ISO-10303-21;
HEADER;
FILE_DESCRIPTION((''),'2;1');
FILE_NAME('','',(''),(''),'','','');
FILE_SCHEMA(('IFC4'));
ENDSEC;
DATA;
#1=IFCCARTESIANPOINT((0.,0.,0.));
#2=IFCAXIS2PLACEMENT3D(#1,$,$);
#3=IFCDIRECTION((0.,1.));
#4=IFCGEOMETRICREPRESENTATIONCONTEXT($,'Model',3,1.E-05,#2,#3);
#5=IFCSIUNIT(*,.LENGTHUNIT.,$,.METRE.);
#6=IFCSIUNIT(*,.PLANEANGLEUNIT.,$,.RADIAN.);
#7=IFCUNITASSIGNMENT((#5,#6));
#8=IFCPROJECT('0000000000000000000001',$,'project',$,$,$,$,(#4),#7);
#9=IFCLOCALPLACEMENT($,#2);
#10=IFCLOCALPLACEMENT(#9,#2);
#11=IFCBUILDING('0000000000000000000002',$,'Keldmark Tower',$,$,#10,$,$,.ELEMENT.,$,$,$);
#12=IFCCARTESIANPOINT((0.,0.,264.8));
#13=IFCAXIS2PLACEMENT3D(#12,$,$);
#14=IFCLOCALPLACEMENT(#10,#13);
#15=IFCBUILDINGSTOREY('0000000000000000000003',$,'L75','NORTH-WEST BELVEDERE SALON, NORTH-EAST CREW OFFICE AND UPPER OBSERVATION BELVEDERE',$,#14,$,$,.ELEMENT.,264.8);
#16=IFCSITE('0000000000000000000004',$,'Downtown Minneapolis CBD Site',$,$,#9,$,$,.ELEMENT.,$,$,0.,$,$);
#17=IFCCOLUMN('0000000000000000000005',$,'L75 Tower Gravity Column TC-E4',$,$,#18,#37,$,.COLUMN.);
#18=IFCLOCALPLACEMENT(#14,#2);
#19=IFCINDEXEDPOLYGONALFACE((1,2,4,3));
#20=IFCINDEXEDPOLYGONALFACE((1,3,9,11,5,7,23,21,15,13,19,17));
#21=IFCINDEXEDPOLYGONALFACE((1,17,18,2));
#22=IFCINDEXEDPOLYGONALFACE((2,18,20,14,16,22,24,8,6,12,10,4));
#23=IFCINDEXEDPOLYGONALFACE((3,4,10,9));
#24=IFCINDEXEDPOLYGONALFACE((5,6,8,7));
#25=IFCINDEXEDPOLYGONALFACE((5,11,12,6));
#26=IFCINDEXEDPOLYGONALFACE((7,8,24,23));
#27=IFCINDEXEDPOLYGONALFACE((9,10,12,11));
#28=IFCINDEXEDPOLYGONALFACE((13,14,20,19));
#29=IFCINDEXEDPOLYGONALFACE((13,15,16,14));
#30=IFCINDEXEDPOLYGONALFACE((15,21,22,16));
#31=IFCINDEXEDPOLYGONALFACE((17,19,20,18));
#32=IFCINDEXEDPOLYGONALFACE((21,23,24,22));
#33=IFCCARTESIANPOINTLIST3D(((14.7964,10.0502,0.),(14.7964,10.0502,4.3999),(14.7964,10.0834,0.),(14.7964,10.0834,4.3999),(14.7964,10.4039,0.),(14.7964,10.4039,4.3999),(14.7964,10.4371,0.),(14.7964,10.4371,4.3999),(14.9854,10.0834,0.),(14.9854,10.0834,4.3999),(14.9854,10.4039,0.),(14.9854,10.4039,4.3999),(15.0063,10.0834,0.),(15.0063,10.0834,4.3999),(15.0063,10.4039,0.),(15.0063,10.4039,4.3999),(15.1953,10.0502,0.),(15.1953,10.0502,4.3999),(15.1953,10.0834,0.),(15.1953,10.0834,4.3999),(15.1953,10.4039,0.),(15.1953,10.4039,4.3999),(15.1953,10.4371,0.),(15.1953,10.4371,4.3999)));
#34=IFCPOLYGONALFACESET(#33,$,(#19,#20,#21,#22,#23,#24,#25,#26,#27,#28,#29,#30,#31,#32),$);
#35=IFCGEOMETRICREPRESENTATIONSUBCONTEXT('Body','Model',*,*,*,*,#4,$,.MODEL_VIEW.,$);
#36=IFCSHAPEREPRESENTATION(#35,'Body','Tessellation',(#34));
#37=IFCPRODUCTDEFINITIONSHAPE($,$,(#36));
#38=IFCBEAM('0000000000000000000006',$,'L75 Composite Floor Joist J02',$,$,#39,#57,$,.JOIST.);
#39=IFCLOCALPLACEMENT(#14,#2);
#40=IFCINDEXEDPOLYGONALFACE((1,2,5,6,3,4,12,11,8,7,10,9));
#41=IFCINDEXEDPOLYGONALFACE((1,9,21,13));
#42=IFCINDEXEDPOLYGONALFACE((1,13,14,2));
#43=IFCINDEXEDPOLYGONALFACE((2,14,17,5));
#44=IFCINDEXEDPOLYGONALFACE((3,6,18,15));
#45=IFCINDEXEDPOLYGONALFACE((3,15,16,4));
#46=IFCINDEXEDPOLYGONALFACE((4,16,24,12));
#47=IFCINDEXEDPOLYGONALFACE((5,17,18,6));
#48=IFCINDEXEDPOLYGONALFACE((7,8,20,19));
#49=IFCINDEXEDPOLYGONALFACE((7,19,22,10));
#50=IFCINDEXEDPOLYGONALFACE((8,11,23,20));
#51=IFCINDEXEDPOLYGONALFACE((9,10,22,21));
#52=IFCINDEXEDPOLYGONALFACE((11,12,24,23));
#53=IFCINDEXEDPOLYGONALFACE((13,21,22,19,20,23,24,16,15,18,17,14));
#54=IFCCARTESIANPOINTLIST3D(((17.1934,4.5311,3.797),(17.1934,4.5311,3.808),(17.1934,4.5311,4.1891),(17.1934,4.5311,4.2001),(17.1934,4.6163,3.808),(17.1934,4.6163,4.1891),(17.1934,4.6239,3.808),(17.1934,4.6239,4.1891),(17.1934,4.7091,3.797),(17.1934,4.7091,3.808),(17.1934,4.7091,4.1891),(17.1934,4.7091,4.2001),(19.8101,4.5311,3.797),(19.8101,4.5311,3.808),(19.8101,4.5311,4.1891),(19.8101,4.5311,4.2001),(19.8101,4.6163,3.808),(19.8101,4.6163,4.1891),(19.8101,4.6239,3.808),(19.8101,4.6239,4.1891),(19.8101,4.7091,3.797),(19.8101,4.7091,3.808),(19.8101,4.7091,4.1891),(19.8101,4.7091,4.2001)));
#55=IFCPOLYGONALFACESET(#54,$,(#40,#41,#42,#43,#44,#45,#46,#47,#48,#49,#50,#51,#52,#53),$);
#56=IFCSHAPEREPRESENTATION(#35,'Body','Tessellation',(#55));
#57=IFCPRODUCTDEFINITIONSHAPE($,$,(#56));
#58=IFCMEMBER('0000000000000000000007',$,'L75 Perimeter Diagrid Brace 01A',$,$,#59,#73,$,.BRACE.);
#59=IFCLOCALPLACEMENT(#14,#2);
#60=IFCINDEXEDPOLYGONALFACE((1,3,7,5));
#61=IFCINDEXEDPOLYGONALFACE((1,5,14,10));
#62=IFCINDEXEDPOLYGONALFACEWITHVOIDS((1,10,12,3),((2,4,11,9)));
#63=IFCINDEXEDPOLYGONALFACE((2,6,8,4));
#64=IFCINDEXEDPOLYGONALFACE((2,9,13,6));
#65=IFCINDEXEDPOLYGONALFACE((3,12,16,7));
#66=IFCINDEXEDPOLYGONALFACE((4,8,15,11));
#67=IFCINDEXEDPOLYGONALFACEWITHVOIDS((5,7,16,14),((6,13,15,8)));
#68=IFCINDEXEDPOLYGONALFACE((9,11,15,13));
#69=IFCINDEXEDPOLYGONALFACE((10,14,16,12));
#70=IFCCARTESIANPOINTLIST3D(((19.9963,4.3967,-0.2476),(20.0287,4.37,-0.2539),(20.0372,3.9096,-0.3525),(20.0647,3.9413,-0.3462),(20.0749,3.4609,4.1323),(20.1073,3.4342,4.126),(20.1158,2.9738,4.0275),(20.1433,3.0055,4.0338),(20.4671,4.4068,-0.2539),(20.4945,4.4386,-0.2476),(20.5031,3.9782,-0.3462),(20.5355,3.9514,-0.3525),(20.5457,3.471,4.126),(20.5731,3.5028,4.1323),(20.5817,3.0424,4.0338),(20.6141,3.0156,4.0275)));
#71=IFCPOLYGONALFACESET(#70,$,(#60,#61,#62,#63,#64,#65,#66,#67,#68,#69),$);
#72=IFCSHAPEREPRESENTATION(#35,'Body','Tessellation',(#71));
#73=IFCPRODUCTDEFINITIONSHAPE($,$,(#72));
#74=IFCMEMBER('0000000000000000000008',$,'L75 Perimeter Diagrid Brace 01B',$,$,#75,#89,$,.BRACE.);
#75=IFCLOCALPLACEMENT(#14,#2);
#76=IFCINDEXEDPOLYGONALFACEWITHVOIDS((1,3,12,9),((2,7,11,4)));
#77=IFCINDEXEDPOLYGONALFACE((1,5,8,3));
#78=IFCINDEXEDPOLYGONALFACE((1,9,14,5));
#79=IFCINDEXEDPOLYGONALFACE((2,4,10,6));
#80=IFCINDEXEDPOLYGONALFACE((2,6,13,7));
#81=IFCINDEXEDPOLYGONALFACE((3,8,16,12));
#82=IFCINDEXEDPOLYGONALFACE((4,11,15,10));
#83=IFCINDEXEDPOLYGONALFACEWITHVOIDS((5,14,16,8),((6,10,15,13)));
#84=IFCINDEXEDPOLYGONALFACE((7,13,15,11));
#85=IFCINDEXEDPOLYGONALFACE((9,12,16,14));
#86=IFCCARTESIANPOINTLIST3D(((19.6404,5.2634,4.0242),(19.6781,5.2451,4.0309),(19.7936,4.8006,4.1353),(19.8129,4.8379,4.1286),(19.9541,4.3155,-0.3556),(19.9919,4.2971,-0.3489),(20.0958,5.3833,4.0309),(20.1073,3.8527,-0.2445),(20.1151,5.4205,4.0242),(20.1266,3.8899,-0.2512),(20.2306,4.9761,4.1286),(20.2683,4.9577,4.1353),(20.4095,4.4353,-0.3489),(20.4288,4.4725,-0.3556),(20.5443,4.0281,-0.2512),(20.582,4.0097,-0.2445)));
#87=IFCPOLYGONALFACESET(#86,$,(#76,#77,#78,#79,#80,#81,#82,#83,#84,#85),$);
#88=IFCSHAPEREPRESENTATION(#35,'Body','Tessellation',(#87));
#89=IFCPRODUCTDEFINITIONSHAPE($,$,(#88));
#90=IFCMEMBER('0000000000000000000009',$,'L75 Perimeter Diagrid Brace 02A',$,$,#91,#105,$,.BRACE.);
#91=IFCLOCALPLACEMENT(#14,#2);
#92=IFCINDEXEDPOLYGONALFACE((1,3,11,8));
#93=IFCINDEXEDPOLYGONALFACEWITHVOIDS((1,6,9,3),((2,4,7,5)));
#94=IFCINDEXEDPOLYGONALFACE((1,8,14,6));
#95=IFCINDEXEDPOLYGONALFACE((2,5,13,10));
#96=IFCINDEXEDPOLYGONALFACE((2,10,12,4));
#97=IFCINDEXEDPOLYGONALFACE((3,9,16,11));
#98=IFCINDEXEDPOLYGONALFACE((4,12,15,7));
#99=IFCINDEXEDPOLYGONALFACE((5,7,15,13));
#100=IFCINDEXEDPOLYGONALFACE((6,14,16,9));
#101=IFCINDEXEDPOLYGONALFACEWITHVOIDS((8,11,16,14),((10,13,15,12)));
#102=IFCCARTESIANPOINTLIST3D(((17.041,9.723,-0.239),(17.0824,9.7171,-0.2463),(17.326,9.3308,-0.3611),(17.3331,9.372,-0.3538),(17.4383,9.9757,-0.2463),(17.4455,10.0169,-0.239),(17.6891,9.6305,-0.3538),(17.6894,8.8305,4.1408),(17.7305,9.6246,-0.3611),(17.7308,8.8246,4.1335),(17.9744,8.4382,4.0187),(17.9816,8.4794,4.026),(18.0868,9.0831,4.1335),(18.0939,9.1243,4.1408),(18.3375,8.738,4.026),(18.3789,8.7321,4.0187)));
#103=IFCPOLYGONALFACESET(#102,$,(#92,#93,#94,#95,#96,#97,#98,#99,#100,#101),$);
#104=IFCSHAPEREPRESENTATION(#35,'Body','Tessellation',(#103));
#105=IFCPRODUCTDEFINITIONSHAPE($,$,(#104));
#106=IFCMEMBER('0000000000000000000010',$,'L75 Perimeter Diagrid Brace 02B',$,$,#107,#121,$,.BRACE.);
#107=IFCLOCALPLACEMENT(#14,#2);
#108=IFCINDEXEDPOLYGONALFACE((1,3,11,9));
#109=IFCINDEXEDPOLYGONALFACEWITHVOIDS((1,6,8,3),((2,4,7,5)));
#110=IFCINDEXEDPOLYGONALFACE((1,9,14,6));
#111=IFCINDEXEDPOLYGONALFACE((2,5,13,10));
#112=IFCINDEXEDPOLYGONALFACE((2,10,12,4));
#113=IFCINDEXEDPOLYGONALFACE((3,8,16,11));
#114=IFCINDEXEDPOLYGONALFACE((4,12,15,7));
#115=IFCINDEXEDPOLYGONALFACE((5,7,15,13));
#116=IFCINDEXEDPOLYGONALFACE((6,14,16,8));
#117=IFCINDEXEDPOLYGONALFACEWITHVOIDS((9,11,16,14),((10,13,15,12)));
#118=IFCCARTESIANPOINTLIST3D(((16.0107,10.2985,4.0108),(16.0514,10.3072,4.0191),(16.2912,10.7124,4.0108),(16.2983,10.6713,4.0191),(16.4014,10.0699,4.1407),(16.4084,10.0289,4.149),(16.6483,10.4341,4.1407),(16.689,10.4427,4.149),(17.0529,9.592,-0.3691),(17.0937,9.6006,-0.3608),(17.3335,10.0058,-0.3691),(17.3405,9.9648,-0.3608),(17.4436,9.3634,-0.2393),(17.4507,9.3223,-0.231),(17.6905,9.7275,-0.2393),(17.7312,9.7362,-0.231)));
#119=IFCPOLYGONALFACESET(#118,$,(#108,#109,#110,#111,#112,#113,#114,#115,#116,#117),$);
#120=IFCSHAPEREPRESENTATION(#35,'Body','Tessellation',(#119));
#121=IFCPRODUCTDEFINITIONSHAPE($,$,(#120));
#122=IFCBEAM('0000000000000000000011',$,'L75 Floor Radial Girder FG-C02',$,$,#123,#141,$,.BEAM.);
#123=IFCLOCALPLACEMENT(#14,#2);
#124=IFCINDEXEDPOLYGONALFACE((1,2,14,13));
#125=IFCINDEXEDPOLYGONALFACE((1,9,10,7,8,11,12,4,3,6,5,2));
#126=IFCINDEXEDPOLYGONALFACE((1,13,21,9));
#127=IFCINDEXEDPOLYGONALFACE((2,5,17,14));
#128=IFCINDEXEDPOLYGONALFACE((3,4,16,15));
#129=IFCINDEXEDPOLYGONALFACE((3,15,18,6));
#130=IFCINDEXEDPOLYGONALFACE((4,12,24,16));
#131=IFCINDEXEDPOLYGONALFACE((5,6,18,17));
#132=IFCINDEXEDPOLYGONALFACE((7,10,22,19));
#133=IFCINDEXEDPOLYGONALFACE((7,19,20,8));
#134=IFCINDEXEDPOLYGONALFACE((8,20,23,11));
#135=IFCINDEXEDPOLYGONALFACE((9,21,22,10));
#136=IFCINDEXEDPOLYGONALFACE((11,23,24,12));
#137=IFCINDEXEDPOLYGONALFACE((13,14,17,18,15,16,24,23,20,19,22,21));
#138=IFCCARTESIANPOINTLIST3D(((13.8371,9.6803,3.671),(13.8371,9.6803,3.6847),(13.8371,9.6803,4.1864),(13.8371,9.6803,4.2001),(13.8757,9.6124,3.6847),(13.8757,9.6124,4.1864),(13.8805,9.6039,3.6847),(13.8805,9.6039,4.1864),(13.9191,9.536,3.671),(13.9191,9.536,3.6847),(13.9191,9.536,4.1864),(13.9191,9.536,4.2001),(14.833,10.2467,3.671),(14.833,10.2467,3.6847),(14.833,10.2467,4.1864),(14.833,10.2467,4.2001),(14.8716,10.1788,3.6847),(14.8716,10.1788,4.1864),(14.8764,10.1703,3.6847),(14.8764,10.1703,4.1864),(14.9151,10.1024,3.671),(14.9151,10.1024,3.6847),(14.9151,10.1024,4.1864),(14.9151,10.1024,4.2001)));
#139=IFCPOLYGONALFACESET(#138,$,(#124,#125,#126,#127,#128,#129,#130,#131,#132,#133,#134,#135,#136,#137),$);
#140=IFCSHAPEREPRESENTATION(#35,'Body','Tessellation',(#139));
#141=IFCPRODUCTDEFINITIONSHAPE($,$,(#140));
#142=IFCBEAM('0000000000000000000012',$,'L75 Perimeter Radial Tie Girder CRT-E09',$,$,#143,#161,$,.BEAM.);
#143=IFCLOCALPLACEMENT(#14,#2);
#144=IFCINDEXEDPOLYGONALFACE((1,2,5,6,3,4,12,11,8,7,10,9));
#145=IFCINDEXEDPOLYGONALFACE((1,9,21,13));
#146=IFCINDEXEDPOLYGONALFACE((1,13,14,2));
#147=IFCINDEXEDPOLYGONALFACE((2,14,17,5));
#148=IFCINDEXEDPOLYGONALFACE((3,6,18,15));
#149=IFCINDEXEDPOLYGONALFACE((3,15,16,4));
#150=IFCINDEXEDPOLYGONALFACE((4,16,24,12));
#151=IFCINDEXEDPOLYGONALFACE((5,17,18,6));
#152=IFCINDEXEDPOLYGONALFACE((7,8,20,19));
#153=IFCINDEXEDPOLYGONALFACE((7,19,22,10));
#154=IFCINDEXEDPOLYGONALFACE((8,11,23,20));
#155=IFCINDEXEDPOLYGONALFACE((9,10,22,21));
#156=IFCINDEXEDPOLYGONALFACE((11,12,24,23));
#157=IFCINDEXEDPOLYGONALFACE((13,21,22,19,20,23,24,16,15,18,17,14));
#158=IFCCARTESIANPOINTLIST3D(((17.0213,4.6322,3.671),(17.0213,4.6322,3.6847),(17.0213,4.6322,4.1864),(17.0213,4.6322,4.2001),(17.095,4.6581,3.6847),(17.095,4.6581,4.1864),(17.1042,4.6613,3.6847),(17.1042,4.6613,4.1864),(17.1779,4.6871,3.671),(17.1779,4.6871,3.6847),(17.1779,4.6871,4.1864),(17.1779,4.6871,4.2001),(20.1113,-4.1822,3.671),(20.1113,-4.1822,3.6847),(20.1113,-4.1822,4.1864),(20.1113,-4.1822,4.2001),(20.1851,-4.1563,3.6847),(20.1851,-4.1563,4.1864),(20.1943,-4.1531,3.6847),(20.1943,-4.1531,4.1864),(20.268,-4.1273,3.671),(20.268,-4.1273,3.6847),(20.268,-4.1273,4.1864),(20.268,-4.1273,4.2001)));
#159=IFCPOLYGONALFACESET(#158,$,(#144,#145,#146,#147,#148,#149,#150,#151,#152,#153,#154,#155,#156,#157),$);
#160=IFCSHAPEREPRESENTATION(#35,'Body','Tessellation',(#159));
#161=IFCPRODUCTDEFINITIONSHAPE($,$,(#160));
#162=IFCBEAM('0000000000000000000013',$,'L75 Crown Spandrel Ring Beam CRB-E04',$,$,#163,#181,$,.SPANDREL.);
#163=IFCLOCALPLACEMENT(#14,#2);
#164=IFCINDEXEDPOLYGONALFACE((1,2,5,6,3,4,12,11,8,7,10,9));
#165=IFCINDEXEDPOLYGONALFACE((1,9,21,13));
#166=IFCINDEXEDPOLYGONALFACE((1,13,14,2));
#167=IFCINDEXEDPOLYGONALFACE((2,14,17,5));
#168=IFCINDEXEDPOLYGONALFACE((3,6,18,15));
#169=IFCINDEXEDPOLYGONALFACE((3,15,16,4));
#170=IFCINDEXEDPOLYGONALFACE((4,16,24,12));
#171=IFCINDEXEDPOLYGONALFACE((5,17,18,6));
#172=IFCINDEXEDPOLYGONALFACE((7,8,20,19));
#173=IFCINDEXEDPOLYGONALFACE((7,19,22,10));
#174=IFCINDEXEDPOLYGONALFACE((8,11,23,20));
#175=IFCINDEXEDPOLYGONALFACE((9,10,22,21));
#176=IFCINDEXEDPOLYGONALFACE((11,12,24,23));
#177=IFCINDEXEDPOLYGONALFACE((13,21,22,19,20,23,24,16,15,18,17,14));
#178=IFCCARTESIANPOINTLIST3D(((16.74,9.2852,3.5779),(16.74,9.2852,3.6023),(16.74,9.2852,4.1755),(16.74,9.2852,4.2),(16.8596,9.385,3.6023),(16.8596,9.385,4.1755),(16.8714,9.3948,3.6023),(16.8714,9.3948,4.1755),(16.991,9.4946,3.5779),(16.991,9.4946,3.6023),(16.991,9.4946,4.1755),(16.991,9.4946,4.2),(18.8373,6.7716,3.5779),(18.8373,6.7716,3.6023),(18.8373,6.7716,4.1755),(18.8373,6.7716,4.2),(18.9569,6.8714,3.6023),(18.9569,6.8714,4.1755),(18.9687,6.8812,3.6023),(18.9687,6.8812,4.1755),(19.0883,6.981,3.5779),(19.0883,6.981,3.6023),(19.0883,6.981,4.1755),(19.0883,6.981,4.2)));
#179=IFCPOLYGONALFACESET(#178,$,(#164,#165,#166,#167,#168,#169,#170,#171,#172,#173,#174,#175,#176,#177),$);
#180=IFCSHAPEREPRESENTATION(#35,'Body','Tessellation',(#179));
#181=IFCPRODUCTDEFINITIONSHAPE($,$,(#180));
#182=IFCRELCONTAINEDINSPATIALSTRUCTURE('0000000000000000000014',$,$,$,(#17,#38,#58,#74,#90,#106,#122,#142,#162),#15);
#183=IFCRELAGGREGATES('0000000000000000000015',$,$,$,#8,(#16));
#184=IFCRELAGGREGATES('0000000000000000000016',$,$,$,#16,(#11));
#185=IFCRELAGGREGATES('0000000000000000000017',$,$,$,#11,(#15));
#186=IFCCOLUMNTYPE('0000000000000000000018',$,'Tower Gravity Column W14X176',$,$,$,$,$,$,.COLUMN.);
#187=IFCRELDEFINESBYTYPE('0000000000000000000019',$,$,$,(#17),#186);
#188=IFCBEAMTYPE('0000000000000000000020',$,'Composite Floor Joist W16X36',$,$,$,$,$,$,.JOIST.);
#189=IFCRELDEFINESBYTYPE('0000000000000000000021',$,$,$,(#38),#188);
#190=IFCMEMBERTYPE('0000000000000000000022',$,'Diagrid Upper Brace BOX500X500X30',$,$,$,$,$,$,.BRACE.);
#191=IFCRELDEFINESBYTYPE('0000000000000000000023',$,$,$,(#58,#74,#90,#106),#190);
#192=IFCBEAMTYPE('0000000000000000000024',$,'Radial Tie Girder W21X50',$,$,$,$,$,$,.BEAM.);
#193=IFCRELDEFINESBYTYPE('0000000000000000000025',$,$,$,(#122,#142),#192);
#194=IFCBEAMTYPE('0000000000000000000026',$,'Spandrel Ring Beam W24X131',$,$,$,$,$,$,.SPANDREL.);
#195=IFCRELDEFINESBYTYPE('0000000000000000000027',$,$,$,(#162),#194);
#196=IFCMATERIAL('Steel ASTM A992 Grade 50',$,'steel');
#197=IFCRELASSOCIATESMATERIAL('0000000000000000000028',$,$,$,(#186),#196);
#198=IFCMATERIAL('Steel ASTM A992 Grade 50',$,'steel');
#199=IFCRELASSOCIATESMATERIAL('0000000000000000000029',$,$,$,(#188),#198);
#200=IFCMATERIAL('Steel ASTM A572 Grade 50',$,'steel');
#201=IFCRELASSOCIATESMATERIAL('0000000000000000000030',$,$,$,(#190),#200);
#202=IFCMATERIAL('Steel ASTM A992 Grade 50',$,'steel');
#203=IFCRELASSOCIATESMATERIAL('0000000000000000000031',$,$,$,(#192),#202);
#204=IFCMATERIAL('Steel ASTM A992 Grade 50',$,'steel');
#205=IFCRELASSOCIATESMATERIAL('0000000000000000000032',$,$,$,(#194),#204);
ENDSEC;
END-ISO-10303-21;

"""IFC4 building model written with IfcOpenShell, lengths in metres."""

from ifc_helpers import new_model, si_unit, direction, frame, origin, origin_2d, place, context, subcontext, project, spatial, hollow_rectangle, i_section, extrude, material, material_profile, profile_set, type_object, element, save


model = new_model("IFC4")

# Units and contexts
model_context = context("Model", 3, precision=1e-05, world=origin(), true_north=direction((0.0, 1.0)))
body_context = subcontext(model_context, "Body", "Model", "MODEL_VIEW")
ifc_project = project(units=[si_unit("LENGTHUNIT", "METRE"), si_unit("PLANEANGLEUNIT", "RADIAN")], contexts=[model_context])

# Site, building, storey
site_placement = place(None, origin())
site = spatial("IfcSite", under=ifc_project, at=site_placement, Name="Downtown Minneapolis CBD Site", CompositionType="ELEMENT", RefElevation=0.0)
building_placement = place(site_placement, origin())
building = spatial("IfcBuilding", under=site, at=building_placement, Name="Keldmark Tower", CompositionType="ELEMENT")
storey_placement = place(building_placement, frame((0.0, 0.0, 264.8)))
storey = spatial("IfcBuildingStorey", under=building, at=storey_placement, Name="L75", Description="NORTH-WEST BELVEDERE SALON, NORTH-EAST CREW OFFICE AND UPPER OBSERVATION BELVEDERE", CompositionType="ELEMENT", Elevation=264.8)

# Column
ifc_material_1 = material(Name="Steel ASTM A992 Grade 50", Category="steel")
ifc_material_profile_1 = material_profile(ifc_material_1, i_section(OverallWidth=0.3989, OverallDepth=0.387, WebThickness=0.021, FlangeThickness=0.0332, at=origin_2d()), Name="W14X176")
ifc_profile_set_1 = profile_set([ifc_material_profile_1], Name="Steel ASTM A992 Grade 50")
column_type = type_object("IfcColumnType", Name="Tower Gravity Column W14X176", PredefinedType="COLUMN", material=ifc_profile_set_1)
column_placement = place(storey_placement, frame((14.9958, 10.2437, 0.0), z_axis=(0.0, 0.0, 1.0), x_axis=(1.0, 0.0, 0.0)))
element("IfcColumn", 1, at=column_placement, inside=storey, type_object=column_type, Name="L75 Tower Gravity Column TC-E4", PredefinedType="COLUMN", context=body_context, shape_type="SweptSolid", body=[
    extrude(i_section(OverallWidth=0.3989, OverallDepth=0.387, WebThickness=0.021, FlangeThickness=0.0332, at=origin_2d()), origin(), (0.0, 0.0, 1.0), 4.3999),
])

# Beam
ifc_material_2 = material(Name="Steel ASTM A992 Grade 50", Category="steel")
ifc_material_profile_2 = material_profile(ifc_material_2, i_section(OverallWidth=0.178, OverallDepth=0.4031, WebThickness=0.0076, FlangeThickness=0.011, at=origin_2d()), Name="W16X36")
ifc_profile_set_2 = profile_set([ifc_material_profile_2], Name="Steel ASTM A992 Grade 50")
beam_type_1 = type_object("IfcBeamType", Name="Composite Floor Joist W16X36", PredefinedType="JOIST", material=ifc_profile_set_2)
beam_1_placement = place(storey_placement, frame((17.1934, 4.6201, 3.9985), z_axis=(1.0, 0.0, 0.0), x_axis=(0.0, 1.0, 0.0)))
element("IfcBeam", 2, at=beam_1_placement, inside=storey, type_object=beam_type_1, Name="L75 Composite Floor Joist J02", PredefinedType="JOIST", context=body_context, shape_type="SweptSolid", body=[
    extrude(i_section(OverallWidth=0.178, OverallDepth=0.4031, WebThickness=0.0076, FlangeThickness=0.011, at=origin_2d()), origin(), (0.0, 0.0, 1.0), 2.6167),
])

# Members
ifc_material_3 = material(Name="Steel ASTM A572 Grade 50", Category="steel")
ifc_material_profile_3 = material_profile(ifc_material_3, hollow_rectangle(XDim=0.5, YDim=0.5, WallThickness=0.03, at=origin_2d()), Name="BOX500X500X30")
ifc_profile_set_3 = profile_set([ifc_material_profile_3], Name="Steel ASTM A572 Grade 50")
member_type = type_object("IfcMemberType", Name="Diagrid Upper Brace BOX500X500X30", PredefinedType="BRACE", material=ifc_profile_set_3)
member_1_placement = place(storey_placement, frame((20.2659, 4.1741, -0.3), z_axis=(0.01755, -0.208909, 0.977778), x_axis=(0.99649, 0.083712, 0.0)))
element("IfcMember", 3, at=member_1_placement, inside=storey, type_object=member_type, Name="L75 Perimeter Diagrid Brace 01A", PredefinedType="BRACE", context=body_context, shape_type="SweptSolid", body=[
    extrude(hollow_rectangle(XDim=0.5, YDim=0.5, WallThickness=0.03, at=origin_2d()), origin(), (0.0, 0.0, 1.0), 4.4795),
])
member_2_placement = place(storey_placement, frame((20.2681, 4.1626, -0.3), z_axis=(-0.069836, 0.211029, 0.974982), x_axis=(-0.949366, -0.314173, 0.0)))
element("IfcMember", 4, at=member_2_placement, inside=storey, type_object=member_type, Name="L75 Perimeter Diagrid Brace 01B", PredefinedType="BRACE", context=body_context, shape_type="SweptSolid", body=[
    extrude(hollow_rectangle(XDim=0.5, YDim=0.5, WallThickness=0.03, at=origin_2d()), origin(), (0.0, 0.0, 1.0), 4.4922),
])
member_3_placement = place(storey_placement, frame((17.3857, 9.6738, -0.3), z_axis=(0.143565, -0.197618, 0.96971), x_axis=(0.809042, 0.587751, 0.0)))
element("IfcMember", 5, at=member_3_placement, inside=storey, type_object=member_type, Name="L75 Perimeter Diagrid Brace 02A", PredefinedType="BRACE", context=body_context, shape_type="SweptSolid", body=[
    extrude(hollow_rectangle(XDim=0.5, YDim=0.5, WallThickness=0.03, at=origin_2d()), origin(), (0.0, 0.0, 1.0), 4.5166),
])
member_4_placement = place(storey_placement, frame((17.3921, 9.6641, -0.3), z_axis=(-0.228697, 0.155036, 0.961073), x_axis=(-0.561127, -0.82773, 0.0)))
element("IfcMember", 6, at=member_4_placement, inside=storey, type_object=member_type, Name="L75 Perimeter Diagrid Brace 02B", PredefinedType="BRACE", context=body_context, shape_type="SweptSolid", body=[
    extrude(hollow_rectangle(XDim=0.5, YDim=0.5, WallThickness=0.03, at=origin_2d()), origin(), (0.0, 0.0, 1.0), 4.5574),
])

# Beams
ifc_material_4 = material(Name="Steel ASTM A992 Grade 50", Category="steel")
ifc_material_profile_4 = material_profile(ifc_material_4, i_section(OverallWidth=0.166, OverallDepth=0.5291, WebThickness=0.0098, FlangeThickness=0.0137, at=origin_2d()), Name="W21X50")
ifc_profile_set_4 = profile_set([ifc_material_profile_4], Name="Steel ASTM A992 Grade 50")
beam_type_2 = type_object("IfcBeamType", Name="Radial Tie Girder W21X50", PredefinedType="BEAM", material=ifc_profile_set_4)
beam_2_placement = place(storey_placement, frame((14.874, 10.1746, 3.9355), z_axis=(-0.869238, -0.494394, 0.0), x_axis=(0.494394, -0.869238, 0.0)))
element("IfcBeam", 7, at=beam_2_placement, inside=storey, type_object=beam_type_2, Name="L75 Floor Radial Girder FG-C02", PredefinedType="BEAM", context=body_context, shape_type="SweptSolid", body=[
    extrude(i_section(OverallWidth=0.166, OverallDepth=0.5291, WebThickness=0.0098, FlangeThickness=0.0137, at=origin_2d()), origin(), (0.0, 0.0, 1.0), 1.1458),
])
beam_3_placement = place(storey_placement, frame((17.0996, 4.6597, 3.9355), z_axis=(0.33083, -0.94369, 0.0), x_axis=(0.94369, 0.33083, 0.0)))
element("IfcBeam", 8, at=beam_3_placement, inside=storey, type_object=beam_type_2, Name="L75 Perimeter Radial Tie Girder CRT-E09", PredefinedType="BEAM", context=body_context, shape_type="SweptSolid", body=[
    extrude(i_section(OverallWidth=0.166, OverallDepth=0.5291, WebThickness=0.0098, FlangeThickness=0.0137, at=origin_2d()), origin(), (0.0, 0.0, 1.0), 9.3403),
])
ifc_material_5 = material(Name="Steel ASTM A992 Grade 50", Category="steel")
ifc_material_profile_5 = material_profile(ifc_material_5, i_section(OverallWidth=0.3269, OverallDepth=0.6221, WebThickness=0.0154, FlangeThickness=0.0244, at=origin_2d()), Name="W24X131")
ifc_profile_set_5 = profile_set([ifc_material_profile_5], Name="Steel ASTM A992 Grade 50")
beam_type_3 = type_object("IfcBeamType", Name="Spandrel Ring Beam W24X131", PredefinedType="SPANDREL", material=ifc_profile_set_5)
beam_4_placement = place(storey_placement, frame((16.8655, 9.3899, 3.8889), z_axis=(0.640668, -0.767818, 0.0), x_axis=(0.767818, 0.640668, 0.0)))
element("IfcBeam", 9, at=beam_4_placement, inside=storey, type_object=beam_type_3, Name="L75 Crown Spandrel Ring Beam CRB-E04", PredefinedType="SPANDREL", context=body_context, shape_type="SweptSolid", body=[
    extrude(i_section(OverallWidth=0.3269, OverallDepth=0.6221, WebThickness=0.0154, FlangeThickness=0.0244, at=origin_2d()), origin(), (0.0, 0.0, 1.0), 3.2737),
])

save(model, "model.ifc")
